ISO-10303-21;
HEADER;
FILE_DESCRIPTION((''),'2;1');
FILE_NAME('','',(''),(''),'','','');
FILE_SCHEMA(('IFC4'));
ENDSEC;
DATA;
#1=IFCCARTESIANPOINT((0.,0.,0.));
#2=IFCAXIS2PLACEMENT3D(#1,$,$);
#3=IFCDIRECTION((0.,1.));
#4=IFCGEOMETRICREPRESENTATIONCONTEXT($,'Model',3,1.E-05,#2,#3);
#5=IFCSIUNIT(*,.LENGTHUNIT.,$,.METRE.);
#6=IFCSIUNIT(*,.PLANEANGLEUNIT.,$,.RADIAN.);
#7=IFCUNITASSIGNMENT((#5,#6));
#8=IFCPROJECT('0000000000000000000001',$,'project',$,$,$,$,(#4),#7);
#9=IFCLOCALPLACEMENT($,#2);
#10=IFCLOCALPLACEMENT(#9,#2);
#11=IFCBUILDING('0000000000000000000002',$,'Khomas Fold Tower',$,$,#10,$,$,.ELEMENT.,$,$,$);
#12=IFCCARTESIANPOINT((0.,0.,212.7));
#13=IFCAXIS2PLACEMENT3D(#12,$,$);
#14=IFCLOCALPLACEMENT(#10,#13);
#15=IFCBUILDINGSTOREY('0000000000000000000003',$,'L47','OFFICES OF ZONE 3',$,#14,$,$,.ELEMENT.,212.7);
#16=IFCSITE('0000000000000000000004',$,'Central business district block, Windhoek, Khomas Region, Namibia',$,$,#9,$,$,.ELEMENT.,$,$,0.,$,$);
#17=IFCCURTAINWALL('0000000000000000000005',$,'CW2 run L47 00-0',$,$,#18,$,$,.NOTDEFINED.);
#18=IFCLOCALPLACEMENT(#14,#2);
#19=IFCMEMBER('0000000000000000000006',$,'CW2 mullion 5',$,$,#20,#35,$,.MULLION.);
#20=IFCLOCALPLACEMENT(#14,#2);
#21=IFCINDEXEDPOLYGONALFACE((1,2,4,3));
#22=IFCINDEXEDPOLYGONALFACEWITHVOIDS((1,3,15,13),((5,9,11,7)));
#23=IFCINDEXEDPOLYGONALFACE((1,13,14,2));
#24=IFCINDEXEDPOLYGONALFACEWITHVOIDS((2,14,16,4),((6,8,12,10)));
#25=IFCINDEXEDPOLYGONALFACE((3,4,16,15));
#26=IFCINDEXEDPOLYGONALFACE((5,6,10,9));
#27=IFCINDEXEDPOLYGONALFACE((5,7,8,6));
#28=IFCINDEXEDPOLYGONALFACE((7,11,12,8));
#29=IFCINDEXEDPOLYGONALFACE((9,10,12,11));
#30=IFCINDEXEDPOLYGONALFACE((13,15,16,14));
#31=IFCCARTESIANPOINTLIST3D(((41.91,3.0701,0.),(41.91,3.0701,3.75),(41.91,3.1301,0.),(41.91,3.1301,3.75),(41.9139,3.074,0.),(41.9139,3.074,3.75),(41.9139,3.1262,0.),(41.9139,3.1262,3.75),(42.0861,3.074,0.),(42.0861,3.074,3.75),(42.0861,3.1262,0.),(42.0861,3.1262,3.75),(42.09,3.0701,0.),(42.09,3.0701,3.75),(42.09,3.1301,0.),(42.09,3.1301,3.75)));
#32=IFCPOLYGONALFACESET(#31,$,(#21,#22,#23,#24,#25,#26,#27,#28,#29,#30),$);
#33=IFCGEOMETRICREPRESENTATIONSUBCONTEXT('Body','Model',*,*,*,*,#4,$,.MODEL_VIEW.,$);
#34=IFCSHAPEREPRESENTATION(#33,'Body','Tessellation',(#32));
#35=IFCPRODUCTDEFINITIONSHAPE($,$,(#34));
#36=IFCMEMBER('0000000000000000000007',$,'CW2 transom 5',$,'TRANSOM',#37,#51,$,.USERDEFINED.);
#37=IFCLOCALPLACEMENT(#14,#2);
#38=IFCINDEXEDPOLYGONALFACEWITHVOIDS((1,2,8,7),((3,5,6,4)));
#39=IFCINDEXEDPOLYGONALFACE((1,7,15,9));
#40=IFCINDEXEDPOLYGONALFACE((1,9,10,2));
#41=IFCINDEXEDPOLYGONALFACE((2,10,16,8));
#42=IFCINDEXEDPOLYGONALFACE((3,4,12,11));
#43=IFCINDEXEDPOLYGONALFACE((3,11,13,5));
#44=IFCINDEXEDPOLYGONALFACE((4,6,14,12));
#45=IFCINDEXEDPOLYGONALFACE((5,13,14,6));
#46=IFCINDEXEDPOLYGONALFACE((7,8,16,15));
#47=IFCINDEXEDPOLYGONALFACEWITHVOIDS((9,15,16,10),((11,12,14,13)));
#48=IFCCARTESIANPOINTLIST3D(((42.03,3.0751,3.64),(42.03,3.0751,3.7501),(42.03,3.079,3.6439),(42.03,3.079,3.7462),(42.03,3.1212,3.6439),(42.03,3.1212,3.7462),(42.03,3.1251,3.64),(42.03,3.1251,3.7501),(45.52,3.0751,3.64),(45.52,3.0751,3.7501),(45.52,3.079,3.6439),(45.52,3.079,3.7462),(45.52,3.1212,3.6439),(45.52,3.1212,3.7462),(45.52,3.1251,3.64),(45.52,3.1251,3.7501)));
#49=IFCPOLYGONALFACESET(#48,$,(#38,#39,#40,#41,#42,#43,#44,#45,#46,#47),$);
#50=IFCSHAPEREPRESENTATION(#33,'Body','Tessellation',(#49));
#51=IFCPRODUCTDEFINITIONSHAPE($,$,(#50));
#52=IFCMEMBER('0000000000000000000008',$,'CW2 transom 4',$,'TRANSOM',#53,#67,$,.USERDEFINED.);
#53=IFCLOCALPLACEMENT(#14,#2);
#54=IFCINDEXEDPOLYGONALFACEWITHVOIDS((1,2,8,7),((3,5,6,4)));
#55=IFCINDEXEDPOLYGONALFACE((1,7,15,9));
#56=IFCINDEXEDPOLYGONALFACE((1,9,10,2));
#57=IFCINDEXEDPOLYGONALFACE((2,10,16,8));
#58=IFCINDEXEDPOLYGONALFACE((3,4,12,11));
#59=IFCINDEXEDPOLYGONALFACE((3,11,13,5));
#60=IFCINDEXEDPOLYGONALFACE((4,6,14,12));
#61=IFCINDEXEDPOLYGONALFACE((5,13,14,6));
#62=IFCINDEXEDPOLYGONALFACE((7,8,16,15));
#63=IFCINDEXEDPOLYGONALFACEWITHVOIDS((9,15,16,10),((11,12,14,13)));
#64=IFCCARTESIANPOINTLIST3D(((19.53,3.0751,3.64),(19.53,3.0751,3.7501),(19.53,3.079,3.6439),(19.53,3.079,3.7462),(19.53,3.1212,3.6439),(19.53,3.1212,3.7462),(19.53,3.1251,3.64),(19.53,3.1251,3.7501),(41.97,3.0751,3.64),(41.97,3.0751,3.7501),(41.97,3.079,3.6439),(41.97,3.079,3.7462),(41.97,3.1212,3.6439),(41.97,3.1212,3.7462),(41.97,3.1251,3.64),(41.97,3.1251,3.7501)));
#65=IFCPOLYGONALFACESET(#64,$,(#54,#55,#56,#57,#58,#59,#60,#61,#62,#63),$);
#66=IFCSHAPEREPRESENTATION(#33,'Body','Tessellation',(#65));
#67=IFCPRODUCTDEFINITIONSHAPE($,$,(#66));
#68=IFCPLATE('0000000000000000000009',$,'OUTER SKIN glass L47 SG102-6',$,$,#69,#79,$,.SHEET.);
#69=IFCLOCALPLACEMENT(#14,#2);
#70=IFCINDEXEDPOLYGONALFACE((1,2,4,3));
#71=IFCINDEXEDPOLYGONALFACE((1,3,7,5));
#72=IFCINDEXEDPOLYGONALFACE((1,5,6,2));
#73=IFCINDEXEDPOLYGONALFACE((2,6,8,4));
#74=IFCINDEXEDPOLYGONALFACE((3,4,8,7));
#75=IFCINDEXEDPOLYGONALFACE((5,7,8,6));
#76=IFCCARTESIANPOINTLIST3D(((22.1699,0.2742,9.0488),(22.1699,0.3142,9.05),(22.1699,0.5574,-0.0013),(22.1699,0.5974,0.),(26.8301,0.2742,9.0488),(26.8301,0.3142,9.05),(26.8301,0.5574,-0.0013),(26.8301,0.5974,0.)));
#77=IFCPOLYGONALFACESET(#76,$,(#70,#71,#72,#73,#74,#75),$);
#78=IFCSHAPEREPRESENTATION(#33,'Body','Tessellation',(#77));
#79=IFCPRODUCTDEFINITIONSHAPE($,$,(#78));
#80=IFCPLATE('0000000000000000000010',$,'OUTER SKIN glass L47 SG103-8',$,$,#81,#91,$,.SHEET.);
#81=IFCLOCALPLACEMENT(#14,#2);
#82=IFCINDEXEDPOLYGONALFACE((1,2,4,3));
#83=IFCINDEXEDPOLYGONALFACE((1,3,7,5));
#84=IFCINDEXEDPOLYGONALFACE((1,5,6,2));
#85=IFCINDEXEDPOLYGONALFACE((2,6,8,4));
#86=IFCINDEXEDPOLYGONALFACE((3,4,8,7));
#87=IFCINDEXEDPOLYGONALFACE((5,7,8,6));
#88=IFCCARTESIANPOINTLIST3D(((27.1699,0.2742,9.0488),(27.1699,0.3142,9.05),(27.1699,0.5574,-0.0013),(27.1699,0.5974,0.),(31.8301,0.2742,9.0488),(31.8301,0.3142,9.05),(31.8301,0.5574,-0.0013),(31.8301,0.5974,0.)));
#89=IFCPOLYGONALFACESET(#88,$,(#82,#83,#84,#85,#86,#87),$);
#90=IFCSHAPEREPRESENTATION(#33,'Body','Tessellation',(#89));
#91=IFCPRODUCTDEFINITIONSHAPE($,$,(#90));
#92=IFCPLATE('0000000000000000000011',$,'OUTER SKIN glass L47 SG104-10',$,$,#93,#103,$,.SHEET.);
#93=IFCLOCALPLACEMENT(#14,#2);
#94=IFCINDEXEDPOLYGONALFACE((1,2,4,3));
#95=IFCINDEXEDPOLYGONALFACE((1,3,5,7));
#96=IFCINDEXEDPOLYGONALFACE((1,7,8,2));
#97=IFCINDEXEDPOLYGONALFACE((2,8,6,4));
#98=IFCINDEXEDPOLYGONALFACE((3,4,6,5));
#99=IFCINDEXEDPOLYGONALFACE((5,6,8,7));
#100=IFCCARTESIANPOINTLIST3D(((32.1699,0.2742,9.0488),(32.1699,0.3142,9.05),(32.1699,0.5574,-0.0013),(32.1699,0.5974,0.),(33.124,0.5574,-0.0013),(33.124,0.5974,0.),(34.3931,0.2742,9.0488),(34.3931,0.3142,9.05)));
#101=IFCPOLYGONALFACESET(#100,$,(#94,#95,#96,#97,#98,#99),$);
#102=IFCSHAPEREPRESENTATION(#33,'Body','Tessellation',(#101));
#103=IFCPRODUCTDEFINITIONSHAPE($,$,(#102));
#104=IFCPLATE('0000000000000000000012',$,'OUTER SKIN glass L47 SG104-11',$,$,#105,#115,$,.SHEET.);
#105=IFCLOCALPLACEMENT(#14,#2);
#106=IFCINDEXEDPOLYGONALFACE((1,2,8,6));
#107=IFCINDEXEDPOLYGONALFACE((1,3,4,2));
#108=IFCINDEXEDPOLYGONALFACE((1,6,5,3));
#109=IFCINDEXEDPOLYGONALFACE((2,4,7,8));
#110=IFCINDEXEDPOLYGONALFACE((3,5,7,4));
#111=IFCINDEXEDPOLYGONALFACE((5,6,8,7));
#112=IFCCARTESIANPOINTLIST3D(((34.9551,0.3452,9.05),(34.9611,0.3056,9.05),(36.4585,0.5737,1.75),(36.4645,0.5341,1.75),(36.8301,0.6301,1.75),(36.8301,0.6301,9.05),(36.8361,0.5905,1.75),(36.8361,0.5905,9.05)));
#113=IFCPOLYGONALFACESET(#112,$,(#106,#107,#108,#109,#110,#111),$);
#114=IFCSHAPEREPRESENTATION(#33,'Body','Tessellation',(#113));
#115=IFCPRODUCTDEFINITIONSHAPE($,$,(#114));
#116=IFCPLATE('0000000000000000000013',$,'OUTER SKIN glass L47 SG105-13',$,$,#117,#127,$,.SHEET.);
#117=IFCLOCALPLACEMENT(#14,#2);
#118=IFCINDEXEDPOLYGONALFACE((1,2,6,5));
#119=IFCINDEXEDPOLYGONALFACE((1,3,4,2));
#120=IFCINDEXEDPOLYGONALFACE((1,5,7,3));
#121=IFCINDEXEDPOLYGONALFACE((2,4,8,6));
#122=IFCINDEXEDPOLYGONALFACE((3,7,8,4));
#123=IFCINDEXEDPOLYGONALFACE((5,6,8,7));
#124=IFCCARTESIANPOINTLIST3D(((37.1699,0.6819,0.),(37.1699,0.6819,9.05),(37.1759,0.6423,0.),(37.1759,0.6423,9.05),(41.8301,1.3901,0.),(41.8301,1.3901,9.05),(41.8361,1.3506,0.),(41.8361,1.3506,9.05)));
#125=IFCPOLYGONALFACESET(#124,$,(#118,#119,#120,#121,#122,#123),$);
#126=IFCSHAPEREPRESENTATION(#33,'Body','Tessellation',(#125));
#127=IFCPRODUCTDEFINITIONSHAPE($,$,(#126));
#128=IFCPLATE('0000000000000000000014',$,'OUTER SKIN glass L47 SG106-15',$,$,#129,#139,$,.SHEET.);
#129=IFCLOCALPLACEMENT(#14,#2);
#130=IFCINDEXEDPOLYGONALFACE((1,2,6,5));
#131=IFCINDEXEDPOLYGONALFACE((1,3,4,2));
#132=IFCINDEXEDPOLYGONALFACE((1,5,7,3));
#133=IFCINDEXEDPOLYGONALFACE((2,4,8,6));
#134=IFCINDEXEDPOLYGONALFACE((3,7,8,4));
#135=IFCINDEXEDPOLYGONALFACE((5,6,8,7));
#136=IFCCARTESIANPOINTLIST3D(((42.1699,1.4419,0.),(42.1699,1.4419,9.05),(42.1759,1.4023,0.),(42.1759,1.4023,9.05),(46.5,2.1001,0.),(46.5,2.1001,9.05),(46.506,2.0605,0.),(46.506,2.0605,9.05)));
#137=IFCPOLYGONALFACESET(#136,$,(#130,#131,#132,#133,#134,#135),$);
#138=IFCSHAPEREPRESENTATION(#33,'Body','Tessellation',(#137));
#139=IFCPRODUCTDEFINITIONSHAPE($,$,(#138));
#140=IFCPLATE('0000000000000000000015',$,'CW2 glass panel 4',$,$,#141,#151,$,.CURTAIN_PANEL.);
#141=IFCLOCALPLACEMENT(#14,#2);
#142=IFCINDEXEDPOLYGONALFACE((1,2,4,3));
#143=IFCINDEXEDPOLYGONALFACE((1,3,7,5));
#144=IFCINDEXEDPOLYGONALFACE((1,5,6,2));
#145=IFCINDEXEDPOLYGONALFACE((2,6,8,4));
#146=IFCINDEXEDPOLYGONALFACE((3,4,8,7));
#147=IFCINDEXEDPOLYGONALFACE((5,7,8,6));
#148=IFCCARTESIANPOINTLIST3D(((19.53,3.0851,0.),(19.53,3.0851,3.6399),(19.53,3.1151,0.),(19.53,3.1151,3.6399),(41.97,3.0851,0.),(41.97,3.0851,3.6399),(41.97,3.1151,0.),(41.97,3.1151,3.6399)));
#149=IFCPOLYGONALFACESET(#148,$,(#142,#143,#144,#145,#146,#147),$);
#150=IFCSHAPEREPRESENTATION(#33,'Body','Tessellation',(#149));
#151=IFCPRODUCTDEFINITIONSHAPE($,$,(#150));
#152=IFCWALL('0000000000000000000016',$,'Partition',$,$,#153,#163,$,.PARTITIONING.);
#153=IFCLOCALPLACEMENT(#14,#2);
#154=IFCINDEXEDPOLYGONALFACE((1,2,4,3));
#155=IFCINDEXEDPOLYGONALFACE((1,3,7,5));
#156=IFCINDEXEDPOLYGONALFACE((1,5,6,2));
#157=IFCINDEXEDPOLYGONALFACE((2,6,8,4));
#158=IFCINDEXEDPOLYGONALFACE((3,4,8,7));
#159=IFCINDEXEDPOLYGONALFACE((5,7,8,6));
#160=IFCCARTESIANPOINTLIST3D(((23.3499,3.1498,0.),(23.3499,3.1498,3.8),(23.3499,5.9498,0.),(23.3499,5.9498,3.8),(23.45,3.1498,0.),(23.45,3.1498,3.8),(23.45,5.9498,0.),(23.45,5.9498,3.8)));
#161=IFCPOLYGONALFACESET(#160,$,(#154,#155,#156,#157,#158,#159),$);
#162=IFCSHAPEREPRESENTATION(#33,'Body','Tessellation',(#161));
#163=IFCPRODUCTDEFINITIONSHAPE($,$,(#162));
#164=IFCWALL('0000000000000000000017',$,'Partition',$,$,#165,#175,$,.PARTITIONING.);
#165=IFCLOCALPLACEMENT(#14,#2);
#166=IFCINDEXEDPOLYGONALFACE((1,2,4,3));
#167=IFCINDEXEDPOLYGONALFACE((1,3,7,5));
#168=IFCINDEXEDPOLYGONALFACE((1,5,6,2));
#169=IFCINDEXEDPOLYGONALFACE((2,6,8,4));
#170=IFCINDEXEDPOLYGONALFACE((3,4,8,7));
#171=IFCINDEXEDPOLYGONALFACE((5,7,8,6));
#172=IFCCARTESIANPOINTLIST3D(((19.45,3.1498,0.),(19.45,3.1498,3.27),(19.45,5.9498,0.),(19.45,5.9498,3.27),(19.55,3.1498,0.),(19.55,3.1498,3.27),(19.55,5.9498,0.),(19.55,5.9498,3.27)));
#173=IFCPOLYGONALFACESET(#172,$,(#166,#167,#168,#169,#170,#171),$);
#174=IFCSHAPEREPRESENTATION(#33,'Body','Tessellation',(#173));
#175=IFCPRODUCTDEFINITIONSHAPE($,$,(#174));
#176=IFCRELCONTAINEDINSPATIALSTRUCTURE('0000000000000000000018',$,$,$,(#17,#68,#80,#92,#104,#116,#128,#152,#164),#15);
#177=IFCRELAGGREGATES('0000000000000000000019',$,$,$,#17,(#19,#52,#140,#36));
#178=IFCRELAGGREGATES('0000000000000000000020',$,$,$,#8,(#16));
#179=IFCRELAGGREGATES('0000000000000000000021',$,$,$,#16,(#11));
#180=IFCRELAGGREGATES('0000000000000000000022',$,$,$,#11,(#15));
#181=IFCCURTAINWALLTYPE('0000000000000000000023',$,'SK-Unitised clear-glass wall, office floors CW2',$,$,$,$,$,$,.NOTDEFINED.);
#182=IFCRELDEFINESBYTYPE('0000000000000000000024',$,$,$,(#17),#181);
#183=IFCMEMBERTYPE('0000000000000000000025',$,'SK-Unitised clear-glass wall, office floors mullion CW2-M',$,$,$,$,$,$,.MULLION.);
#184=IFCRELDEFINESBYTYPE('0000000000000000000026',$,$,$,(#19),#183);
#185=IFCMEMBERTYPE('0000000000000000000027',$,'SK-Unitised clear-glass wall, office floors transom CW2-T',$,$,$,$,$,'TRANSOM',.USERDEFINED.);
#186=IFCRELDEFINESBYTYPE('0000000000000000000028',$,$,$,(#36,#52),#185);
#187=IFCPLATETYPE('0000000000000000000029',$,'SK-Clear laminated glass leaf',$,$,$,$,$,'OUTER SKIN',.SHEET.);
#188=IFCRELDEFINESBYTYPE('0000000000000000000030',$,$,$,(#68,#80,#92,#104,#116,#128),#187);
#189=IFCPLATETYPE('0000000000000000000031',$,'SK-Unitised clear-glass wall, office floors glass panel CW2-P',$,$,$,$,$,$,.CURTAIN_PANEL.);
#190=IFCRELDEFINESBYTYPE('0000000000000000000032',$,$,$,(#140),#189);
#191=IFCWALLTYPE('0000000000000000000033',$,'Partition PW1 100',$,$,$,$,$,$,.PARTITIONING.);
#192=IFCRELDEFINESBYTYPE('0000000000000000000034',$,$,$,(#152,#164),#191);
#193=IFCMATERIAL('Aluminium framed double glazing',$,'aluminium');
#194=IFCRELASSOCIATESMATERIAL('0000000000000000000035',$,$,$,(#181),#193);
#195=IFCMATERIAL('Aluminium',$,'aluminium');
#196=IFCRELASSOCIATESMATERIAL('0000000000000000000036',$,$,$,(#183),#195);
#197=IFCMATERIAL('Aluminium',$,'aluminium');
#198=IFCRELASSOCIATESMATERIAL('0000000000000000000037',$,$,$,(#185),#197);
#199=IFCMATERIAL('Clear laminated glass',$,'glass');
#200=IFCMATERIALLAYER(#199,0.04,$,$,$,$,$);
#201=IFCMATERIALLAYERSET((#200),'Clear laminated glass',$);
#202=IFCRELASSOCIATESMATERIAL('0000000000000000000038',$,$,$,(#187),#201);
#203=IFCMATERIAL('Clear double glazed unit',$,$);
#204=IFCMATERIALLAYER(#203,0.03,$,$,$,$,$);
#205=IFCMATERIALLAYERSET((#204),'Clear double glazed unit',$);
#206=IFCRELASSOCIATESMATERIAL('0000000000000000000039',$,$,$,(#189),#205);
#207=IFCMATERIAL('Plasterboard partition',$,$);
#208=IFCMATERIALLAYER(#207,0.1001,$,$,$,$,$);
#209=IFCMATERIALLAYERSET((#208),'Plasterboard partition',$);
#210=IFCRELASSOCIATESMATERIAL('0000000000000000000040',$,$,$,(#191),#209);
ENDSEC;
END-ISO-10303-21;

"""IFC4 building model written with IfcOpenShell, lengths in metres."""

from ifc_helpers import new_model, si_unit, direction, frame, frame_2d, origin, origin_2d, place, context, subcontext, project, spatial, polyline, rectangle, hollow_rectangle, outline, extrude, source, transform, mapped, material, layer, layer_set, material_profile, profile_set, type_object, element, aggregate, save


model = new_model("IFC4")

# Units and contexts
model_context = context("Model", 3, precision=1e-05, world=origin(), true_north=direction((0.0, 1.0)))
body_context = subcontext(model_context, "Body", "Model", "MODEL_VIEW")
ifc_project = project(units=[si_unit("LENGTHUNIT", "METRE"), si_unit("PLANEANGLEUNIT", "RADIAN")], contexts=[model_context])

# Site, building, storey
site_placement = place(None, origin())
site = spatial("IfcSite", under=ifc_project, at=site_placement, Name="Central business district block, Windhoek, Khomas Region, Namibia", CompositionType="ELEMENT", RefElevation=0.0)
building_placement = place(site_placement, origin())
building = spatial("IfcBuilding", under=site, at=building_placement, Name="Khomas Fold Tower", CompositionType="ELEMENT")
storey_placement = place(building_placement, frame((0.0, 0.0, 212.7)))
storey = spatial("IfcBuildingStorey", under=building, at=storey_placement, Name="L47", Description="OFFICES OF ZONE 3", CompositionType="ELEMENT", Elevation=212.7)

# Curtain wall, members
ifc_material_1 = material(Name="Aluminium framed double glazing", Category="aluminium")
curtain_wall_type = type_object("IfcCurtainWallType", Name="SK-Unitised clear-glass wall, office floors CW2", PredefinedType="NOTDEFINED", material=ifc_material_1)
curtain_wall_placement = place(storey_placement, origin())
curtain_wall = element("IfcCurtainWall", 1, at=curtain_wall_placement, inside=storey, type_object=curtain_wall_type, Name="CW2 run L47 00-0", PredefinedType="NOTDEFINED")
ifc_material_2 = material(Name="Aluminium", Category="aluminium")
ifc_material_profile_1 = material_profile(ifc_material_2, hollow_rectangle(XDim=0.0601, YDim=0.1799, WallThickness=0.0039, at=origin_2d()), Name="SK-Unitised clear-glass wall, office floors mullion CW2-M")
ifc_profile_set_1 = profile_set([ifc_material_profile_1], Name="Aluminium")
member_type_1 = type_object("IfcMemberType", Name="SK-Unitised clear-glass wall, office floors mullion CW2-M", PredefinedType="MULLION", material=ifc_profile_set_1)
shared_shape_1 = source(origin(), body_context, "Body", "SweptSolid", [
    extrude(hollow_rectangle(XDim=0.0601, YDim=0.1799, WallThickness=0.0039, at=origin_2d()), origin(), (0.0, 0.0, 1.0), 3.75),
])
member_1_placement = place(storey_placement, frame((42.0, 3.1001, 0.0), z_axis=(0.0, 0.0, 1.0), x_axis=(0.0, 1.0, 0.0)))
member_1 = element("IfcMember", 2, at=member_1_placement, type_object=member_type_1, Name="CW2 mullion 5", PredefinedType="MULLION", context=body_context, shape_type="MappedRepresentation", body=[
    mapped(shared_shape_1, transform((0.0, 0.0, 0.0))),
])
ifc_material_3 = material(Name="Aluminium", Category="aluminium")
ifc_material_profile_2 = material_profile(ifc_material_3, hollow_rectangle(XDim=0.05, YDim=0.1101, WallThickness=0.0039, at=origin_2d()), Name="SK-Unitised clear-glass wall, office floors transom CW2-T")
ifc_profile_set_2 = profile_set([ifc_material_profile_2], Name="Aluminium")
member_type_2 = type_object("IfcMemberType", Name="SK-Unitised clear-glass wall, office floors transom CW2-T", ElementType="TRANSOM", PredefinedType="USERDEFINED", material=ifc_profile_set_2)
shared_shape_2 = source(origin(), body_context, "Body", "SweptSolid", [
    extrude(hollow_rectangle(XDim=0.05, YDim=0.1101, WallThickness=0.0039, at=origin_2d()), origin(), (0.0, 0.0, 1.0), 3.49),
])
member_2_placement = place(storey_placement, frame((42.03, 3.1001, 3.6951), z_axis=(1.0, 0.0, 0.0), x_axis=(0.0, 1.0, 0.0)))
member_2 = element("IfcMember", 3, at=member_2_placement, type_object=member_type_2, Name="CW2 transom 5", ObjectType="TRANSOM", PredefinedType="USERDEFINED", context=body_context, shape_type="MappedRepresentation", body=[
    mapped(shared_shape_2, transform((0.0, 0.0, 0.0))),
])
shared_shape_3 = source(origin(), body_context, "Body", "SweptSolid", [
    extrude(hollow_rectangle(XDim=0.05, YDim=0.1101, WallThickness=0.0039, at=origin_2d()), origin(), (0.0, 0.0, 1.0), 22.4399),
])
member_3_placement = place(storey_placement, frame((19.53, 3.1001, 3.6951), z_axis=(1.0, 0.0, 0.0), x_axis=(0.0, 1.0, 0.0)))
member_3 = element("IfcMember", 4, at=member_3_placement, type_object=member_type_2, Name="CW2 transom 4", ObjectType="TRANSOM", PredefinedType="USERDEFINED", context=body_context, shape_type="MappedRepresentation", body=[
    mapped(shared_shape_3, transform((0.0, 0.0, 0.0))),
])

# Plates
ifc_material_4 = material(Name="Clear laminated glass", Category="glass")
ifc_layer_1 = layer(ifc_material_4, 0.04)
ifc_layer_set_1 = layer_set([ifc_layer_1], Name="Clear laminated glass")
plate_type_1 = type_object("IfcPlateType", Name="SK-Clear laminated glass leaf", ElementType="OUTER SKIN", PredefinedType="SHEET", material=ifc_layer_set_1)
for number, where, z_axis, x_axis, name in (
    (5, (22.1699, 0.5974, 0.0), (0.0, 0.999511, 0.031278), (0.0, -0.031278, 0.999511), "OUTER SKIN glass L47 SG102-6"),
    (6, (27.1699, 0.5974, 0.0), (0.0, 0.999511, 0.031278), (0.0, -0.031278, 0.999511), "OUTER SKIN glass L47 SG103-8"),
):
    element("IfcPlate", number, at=place(storey_placement, frame(where, z_axis=z_axis, x_axis=x_axis)), inside=storey, type_object=plate_type_1, Name=name, PredefinedType="SHEET", context=body_context, shape_type="SweptSolid", body=[
        extrude(outline(polyline([(0.0, 0.0), (9.0545, 0.0), (9.0545, 4.6602), (0.0, 4.6602), (0.0, 0.0)])), origin(), (0.0, 0.0, -1.0), 0.04),
    ])
plate_1_placement = place(storey_placement, frame((33.124, 0.5974, 0.0), z_axis=(0.0, 0.999511, 0.031278), x_axis=(-1.0, 0.0, 0.0)))
element("IfcPlate", 7, at=plate_1_placement, inside=storey, type_object=plate_type_1, Name="OUTER SKIN glass L47 SG104-10", PredefinedType="SHEET", context=body_context, shape_type="SweptSolid", body=[
    extrude(outline(polyline([(0.0, 0.0), (0.9541, 0.0), (0.9541, 9.0545), (-1.269, 9.0545), (0.0, 0.0)])), origin(), (0.0, 0.0, -1.0), 0.04),
])
plate_2_placement = place(storey_placement, frame((34.9551, 0.3452, 9.05), z_axis=(-0.1502, 0.988656, 0.000008), x_axis=(0.988656, 0.1502, 0.0)))
element("IfcPlate", 8, at=plate_2_placement, inside=storey, type_object=plate_type_1, Name="OUTER SKIN glass L47 SG104-11", PredefinedType="SHEET", context=body_context, shape_type="SweptSolid", body=[
    extrude(outline(polyline([(0.0, 0.0), (1.8965, 0.0), (1.8965, 7.3), (1.5207, 7.3), (0.0, 0.0)])), origin(), (0.0, 0.0, -1.0), 0.04),
])
plate_3_placement = place(storey_placement, frame((37.1699, 0.6819, 0.0), z_axis=(-0.150255, 0.988647, 0.0), x_axis=(0.0, 0.0, 1.0)))
element("IfcPlate", 9, at=plate_3_placement, inside=storey, type_object=plate_type_1, Name="OUTER SKIN glass L47 SG105-13", PredefinedType="SHEET", context=body_context, shape_type="SweptSolid", body=[
    extrude(outline(polyline([(0.0, 0.0), (9.05, 0.0), (9.05, 4.7137), (0.0, 4.7137), (0.0, 0.0)])), origin(), (0.0, 0.0, -1.0), 0.04),
])
plate_4_placement = place(storey_placement, frame((42.1699, 1.4419, 0.0), z_axis=(-0.150281, 0.988643, 0.0), x_axis=(0.0, 0.0, 1.0)))
element("IfcPlate", 10, at=plate_4_placement, inside=storey, type_object=plate_type_1, Name="OUTER SKIN glass L47 SG106-15", PredefinedType="SHEET", context=body_context, shape_type="SweptSolid", body=[
    extrude(outline(polyline([(0.0, 0.0), (9.05, 0.0), (9.05, 4.3798), (0.0, 4.3798), (0.0, 0.0)])), origin(), (0.0, 0.0, -1.0), 0.04),
])

# Plate
ifc_material_5 = material(Name="Clear double glazed unit")
ifc_layer_2 = layer(ifc_material_5, 0.03)
ifc_layer_set_2 = layer_set([ifc_layer_2], Name="Clear double glazed unit")
plate_type_2 = type_object("IfcPlateType", Name="SK-Unitised clear-glass wall, office floors glass panel CW2-P", PredefinedType="CURTAIN_PANEL", material=ifc_layer_set_2)
shared_shape_4 = source(origin(), body_context, "Body", "SweptSolid", [
    extrude(rectangle(XDim=22.4399, YDim=0.03, at=origin_2d()), origin(), (0.0, 0.0, 1.0), 3.6399),
])
plate_5_placement = place(storey_placement, frame((30.75, 3.1001, 0.0), z_axis=(0.0, 0.0, 1.0), x_axis=(1.0, 0.0, 0.0)))
plate_5 = element("IfcPlate", 11, at=plate_5_placement, type_object=plate_type_2, Name="CW2 glass panel 4", PredefinedType="CURTAIN_PANEL", context=body_context, shape_type="MappedRepresentation", body=[
    mapped(shared_shape_4, transform((0.0, 0.0, 0.0))),
])
aggregate(curtain_wall, [member_1, member_3, plate_5, member_2])

# Walls
ifc_material_6 = material(Name="Plasterboard partition")
ifc_layer_3 = layer(ifc_material_6, 0.1001)
ifc_layer_set_3 = layer_set([ifc_layer_3], Name="Plasterboard partition")
wall_type = type_object("IfcWallType", Name="Partition PW1 100", PredefinedType="PARTITIONING", material=ifc_layer_set_3)
shared_shape_5 = source(origin(), body_context, "Body", "SweptSolid", [
    extrude(rectangle(XDim=2.8, YDim=0.1001, at=frame_2d((1.3999, 0.0))), origin(), (0.0, 0.0, 1.0), 3.8),
])
wall_1_placement = place(storey_placement, frame((23.3999, 3.1499, 0.0), z_axis=(0.0, 0.0, 1.0), x_axis=(0.0, 1.0, 0.0)))
element("IfcWall", 12, at=wall_1_placement, inside=storey, type_object=wall_type, Name="Partition", PredefinedType="PARTITIONING", context=body_context, shape_type="MappedRepresentation", body=[
    mapped(shared_shape_5, transform((0.0, 0.0, 0.0))),
])
shared_shape_6 = source(origin(), body_context, "Body", "SweptSolid", [
    extrude(rectangle(XDim=2.8, YDim=0.1001, at=frame_2d((1.3999, 0.0))), origin(), (0.0, 0.0, 1.0), 3.27),
])
wall_2_placement = place(storey_placement, frame((19.5, 3.1499, 0.0), z_axis=(0.0, 0.0, 1.0), x_axis=(0.0, 1.0, 0.0)))
element("IfcWall", 13, at=wall_2_placement, inside=storey, type_object=wall_type, Name="Partition", PredefinedType="PARTITIONING", context=body_context, shape_type="MappedRepresentation", body=[
    mapped(shared_shape_6, transform((0.0, 0.0, 0.0))),
])

save(model, "model.ifc")
